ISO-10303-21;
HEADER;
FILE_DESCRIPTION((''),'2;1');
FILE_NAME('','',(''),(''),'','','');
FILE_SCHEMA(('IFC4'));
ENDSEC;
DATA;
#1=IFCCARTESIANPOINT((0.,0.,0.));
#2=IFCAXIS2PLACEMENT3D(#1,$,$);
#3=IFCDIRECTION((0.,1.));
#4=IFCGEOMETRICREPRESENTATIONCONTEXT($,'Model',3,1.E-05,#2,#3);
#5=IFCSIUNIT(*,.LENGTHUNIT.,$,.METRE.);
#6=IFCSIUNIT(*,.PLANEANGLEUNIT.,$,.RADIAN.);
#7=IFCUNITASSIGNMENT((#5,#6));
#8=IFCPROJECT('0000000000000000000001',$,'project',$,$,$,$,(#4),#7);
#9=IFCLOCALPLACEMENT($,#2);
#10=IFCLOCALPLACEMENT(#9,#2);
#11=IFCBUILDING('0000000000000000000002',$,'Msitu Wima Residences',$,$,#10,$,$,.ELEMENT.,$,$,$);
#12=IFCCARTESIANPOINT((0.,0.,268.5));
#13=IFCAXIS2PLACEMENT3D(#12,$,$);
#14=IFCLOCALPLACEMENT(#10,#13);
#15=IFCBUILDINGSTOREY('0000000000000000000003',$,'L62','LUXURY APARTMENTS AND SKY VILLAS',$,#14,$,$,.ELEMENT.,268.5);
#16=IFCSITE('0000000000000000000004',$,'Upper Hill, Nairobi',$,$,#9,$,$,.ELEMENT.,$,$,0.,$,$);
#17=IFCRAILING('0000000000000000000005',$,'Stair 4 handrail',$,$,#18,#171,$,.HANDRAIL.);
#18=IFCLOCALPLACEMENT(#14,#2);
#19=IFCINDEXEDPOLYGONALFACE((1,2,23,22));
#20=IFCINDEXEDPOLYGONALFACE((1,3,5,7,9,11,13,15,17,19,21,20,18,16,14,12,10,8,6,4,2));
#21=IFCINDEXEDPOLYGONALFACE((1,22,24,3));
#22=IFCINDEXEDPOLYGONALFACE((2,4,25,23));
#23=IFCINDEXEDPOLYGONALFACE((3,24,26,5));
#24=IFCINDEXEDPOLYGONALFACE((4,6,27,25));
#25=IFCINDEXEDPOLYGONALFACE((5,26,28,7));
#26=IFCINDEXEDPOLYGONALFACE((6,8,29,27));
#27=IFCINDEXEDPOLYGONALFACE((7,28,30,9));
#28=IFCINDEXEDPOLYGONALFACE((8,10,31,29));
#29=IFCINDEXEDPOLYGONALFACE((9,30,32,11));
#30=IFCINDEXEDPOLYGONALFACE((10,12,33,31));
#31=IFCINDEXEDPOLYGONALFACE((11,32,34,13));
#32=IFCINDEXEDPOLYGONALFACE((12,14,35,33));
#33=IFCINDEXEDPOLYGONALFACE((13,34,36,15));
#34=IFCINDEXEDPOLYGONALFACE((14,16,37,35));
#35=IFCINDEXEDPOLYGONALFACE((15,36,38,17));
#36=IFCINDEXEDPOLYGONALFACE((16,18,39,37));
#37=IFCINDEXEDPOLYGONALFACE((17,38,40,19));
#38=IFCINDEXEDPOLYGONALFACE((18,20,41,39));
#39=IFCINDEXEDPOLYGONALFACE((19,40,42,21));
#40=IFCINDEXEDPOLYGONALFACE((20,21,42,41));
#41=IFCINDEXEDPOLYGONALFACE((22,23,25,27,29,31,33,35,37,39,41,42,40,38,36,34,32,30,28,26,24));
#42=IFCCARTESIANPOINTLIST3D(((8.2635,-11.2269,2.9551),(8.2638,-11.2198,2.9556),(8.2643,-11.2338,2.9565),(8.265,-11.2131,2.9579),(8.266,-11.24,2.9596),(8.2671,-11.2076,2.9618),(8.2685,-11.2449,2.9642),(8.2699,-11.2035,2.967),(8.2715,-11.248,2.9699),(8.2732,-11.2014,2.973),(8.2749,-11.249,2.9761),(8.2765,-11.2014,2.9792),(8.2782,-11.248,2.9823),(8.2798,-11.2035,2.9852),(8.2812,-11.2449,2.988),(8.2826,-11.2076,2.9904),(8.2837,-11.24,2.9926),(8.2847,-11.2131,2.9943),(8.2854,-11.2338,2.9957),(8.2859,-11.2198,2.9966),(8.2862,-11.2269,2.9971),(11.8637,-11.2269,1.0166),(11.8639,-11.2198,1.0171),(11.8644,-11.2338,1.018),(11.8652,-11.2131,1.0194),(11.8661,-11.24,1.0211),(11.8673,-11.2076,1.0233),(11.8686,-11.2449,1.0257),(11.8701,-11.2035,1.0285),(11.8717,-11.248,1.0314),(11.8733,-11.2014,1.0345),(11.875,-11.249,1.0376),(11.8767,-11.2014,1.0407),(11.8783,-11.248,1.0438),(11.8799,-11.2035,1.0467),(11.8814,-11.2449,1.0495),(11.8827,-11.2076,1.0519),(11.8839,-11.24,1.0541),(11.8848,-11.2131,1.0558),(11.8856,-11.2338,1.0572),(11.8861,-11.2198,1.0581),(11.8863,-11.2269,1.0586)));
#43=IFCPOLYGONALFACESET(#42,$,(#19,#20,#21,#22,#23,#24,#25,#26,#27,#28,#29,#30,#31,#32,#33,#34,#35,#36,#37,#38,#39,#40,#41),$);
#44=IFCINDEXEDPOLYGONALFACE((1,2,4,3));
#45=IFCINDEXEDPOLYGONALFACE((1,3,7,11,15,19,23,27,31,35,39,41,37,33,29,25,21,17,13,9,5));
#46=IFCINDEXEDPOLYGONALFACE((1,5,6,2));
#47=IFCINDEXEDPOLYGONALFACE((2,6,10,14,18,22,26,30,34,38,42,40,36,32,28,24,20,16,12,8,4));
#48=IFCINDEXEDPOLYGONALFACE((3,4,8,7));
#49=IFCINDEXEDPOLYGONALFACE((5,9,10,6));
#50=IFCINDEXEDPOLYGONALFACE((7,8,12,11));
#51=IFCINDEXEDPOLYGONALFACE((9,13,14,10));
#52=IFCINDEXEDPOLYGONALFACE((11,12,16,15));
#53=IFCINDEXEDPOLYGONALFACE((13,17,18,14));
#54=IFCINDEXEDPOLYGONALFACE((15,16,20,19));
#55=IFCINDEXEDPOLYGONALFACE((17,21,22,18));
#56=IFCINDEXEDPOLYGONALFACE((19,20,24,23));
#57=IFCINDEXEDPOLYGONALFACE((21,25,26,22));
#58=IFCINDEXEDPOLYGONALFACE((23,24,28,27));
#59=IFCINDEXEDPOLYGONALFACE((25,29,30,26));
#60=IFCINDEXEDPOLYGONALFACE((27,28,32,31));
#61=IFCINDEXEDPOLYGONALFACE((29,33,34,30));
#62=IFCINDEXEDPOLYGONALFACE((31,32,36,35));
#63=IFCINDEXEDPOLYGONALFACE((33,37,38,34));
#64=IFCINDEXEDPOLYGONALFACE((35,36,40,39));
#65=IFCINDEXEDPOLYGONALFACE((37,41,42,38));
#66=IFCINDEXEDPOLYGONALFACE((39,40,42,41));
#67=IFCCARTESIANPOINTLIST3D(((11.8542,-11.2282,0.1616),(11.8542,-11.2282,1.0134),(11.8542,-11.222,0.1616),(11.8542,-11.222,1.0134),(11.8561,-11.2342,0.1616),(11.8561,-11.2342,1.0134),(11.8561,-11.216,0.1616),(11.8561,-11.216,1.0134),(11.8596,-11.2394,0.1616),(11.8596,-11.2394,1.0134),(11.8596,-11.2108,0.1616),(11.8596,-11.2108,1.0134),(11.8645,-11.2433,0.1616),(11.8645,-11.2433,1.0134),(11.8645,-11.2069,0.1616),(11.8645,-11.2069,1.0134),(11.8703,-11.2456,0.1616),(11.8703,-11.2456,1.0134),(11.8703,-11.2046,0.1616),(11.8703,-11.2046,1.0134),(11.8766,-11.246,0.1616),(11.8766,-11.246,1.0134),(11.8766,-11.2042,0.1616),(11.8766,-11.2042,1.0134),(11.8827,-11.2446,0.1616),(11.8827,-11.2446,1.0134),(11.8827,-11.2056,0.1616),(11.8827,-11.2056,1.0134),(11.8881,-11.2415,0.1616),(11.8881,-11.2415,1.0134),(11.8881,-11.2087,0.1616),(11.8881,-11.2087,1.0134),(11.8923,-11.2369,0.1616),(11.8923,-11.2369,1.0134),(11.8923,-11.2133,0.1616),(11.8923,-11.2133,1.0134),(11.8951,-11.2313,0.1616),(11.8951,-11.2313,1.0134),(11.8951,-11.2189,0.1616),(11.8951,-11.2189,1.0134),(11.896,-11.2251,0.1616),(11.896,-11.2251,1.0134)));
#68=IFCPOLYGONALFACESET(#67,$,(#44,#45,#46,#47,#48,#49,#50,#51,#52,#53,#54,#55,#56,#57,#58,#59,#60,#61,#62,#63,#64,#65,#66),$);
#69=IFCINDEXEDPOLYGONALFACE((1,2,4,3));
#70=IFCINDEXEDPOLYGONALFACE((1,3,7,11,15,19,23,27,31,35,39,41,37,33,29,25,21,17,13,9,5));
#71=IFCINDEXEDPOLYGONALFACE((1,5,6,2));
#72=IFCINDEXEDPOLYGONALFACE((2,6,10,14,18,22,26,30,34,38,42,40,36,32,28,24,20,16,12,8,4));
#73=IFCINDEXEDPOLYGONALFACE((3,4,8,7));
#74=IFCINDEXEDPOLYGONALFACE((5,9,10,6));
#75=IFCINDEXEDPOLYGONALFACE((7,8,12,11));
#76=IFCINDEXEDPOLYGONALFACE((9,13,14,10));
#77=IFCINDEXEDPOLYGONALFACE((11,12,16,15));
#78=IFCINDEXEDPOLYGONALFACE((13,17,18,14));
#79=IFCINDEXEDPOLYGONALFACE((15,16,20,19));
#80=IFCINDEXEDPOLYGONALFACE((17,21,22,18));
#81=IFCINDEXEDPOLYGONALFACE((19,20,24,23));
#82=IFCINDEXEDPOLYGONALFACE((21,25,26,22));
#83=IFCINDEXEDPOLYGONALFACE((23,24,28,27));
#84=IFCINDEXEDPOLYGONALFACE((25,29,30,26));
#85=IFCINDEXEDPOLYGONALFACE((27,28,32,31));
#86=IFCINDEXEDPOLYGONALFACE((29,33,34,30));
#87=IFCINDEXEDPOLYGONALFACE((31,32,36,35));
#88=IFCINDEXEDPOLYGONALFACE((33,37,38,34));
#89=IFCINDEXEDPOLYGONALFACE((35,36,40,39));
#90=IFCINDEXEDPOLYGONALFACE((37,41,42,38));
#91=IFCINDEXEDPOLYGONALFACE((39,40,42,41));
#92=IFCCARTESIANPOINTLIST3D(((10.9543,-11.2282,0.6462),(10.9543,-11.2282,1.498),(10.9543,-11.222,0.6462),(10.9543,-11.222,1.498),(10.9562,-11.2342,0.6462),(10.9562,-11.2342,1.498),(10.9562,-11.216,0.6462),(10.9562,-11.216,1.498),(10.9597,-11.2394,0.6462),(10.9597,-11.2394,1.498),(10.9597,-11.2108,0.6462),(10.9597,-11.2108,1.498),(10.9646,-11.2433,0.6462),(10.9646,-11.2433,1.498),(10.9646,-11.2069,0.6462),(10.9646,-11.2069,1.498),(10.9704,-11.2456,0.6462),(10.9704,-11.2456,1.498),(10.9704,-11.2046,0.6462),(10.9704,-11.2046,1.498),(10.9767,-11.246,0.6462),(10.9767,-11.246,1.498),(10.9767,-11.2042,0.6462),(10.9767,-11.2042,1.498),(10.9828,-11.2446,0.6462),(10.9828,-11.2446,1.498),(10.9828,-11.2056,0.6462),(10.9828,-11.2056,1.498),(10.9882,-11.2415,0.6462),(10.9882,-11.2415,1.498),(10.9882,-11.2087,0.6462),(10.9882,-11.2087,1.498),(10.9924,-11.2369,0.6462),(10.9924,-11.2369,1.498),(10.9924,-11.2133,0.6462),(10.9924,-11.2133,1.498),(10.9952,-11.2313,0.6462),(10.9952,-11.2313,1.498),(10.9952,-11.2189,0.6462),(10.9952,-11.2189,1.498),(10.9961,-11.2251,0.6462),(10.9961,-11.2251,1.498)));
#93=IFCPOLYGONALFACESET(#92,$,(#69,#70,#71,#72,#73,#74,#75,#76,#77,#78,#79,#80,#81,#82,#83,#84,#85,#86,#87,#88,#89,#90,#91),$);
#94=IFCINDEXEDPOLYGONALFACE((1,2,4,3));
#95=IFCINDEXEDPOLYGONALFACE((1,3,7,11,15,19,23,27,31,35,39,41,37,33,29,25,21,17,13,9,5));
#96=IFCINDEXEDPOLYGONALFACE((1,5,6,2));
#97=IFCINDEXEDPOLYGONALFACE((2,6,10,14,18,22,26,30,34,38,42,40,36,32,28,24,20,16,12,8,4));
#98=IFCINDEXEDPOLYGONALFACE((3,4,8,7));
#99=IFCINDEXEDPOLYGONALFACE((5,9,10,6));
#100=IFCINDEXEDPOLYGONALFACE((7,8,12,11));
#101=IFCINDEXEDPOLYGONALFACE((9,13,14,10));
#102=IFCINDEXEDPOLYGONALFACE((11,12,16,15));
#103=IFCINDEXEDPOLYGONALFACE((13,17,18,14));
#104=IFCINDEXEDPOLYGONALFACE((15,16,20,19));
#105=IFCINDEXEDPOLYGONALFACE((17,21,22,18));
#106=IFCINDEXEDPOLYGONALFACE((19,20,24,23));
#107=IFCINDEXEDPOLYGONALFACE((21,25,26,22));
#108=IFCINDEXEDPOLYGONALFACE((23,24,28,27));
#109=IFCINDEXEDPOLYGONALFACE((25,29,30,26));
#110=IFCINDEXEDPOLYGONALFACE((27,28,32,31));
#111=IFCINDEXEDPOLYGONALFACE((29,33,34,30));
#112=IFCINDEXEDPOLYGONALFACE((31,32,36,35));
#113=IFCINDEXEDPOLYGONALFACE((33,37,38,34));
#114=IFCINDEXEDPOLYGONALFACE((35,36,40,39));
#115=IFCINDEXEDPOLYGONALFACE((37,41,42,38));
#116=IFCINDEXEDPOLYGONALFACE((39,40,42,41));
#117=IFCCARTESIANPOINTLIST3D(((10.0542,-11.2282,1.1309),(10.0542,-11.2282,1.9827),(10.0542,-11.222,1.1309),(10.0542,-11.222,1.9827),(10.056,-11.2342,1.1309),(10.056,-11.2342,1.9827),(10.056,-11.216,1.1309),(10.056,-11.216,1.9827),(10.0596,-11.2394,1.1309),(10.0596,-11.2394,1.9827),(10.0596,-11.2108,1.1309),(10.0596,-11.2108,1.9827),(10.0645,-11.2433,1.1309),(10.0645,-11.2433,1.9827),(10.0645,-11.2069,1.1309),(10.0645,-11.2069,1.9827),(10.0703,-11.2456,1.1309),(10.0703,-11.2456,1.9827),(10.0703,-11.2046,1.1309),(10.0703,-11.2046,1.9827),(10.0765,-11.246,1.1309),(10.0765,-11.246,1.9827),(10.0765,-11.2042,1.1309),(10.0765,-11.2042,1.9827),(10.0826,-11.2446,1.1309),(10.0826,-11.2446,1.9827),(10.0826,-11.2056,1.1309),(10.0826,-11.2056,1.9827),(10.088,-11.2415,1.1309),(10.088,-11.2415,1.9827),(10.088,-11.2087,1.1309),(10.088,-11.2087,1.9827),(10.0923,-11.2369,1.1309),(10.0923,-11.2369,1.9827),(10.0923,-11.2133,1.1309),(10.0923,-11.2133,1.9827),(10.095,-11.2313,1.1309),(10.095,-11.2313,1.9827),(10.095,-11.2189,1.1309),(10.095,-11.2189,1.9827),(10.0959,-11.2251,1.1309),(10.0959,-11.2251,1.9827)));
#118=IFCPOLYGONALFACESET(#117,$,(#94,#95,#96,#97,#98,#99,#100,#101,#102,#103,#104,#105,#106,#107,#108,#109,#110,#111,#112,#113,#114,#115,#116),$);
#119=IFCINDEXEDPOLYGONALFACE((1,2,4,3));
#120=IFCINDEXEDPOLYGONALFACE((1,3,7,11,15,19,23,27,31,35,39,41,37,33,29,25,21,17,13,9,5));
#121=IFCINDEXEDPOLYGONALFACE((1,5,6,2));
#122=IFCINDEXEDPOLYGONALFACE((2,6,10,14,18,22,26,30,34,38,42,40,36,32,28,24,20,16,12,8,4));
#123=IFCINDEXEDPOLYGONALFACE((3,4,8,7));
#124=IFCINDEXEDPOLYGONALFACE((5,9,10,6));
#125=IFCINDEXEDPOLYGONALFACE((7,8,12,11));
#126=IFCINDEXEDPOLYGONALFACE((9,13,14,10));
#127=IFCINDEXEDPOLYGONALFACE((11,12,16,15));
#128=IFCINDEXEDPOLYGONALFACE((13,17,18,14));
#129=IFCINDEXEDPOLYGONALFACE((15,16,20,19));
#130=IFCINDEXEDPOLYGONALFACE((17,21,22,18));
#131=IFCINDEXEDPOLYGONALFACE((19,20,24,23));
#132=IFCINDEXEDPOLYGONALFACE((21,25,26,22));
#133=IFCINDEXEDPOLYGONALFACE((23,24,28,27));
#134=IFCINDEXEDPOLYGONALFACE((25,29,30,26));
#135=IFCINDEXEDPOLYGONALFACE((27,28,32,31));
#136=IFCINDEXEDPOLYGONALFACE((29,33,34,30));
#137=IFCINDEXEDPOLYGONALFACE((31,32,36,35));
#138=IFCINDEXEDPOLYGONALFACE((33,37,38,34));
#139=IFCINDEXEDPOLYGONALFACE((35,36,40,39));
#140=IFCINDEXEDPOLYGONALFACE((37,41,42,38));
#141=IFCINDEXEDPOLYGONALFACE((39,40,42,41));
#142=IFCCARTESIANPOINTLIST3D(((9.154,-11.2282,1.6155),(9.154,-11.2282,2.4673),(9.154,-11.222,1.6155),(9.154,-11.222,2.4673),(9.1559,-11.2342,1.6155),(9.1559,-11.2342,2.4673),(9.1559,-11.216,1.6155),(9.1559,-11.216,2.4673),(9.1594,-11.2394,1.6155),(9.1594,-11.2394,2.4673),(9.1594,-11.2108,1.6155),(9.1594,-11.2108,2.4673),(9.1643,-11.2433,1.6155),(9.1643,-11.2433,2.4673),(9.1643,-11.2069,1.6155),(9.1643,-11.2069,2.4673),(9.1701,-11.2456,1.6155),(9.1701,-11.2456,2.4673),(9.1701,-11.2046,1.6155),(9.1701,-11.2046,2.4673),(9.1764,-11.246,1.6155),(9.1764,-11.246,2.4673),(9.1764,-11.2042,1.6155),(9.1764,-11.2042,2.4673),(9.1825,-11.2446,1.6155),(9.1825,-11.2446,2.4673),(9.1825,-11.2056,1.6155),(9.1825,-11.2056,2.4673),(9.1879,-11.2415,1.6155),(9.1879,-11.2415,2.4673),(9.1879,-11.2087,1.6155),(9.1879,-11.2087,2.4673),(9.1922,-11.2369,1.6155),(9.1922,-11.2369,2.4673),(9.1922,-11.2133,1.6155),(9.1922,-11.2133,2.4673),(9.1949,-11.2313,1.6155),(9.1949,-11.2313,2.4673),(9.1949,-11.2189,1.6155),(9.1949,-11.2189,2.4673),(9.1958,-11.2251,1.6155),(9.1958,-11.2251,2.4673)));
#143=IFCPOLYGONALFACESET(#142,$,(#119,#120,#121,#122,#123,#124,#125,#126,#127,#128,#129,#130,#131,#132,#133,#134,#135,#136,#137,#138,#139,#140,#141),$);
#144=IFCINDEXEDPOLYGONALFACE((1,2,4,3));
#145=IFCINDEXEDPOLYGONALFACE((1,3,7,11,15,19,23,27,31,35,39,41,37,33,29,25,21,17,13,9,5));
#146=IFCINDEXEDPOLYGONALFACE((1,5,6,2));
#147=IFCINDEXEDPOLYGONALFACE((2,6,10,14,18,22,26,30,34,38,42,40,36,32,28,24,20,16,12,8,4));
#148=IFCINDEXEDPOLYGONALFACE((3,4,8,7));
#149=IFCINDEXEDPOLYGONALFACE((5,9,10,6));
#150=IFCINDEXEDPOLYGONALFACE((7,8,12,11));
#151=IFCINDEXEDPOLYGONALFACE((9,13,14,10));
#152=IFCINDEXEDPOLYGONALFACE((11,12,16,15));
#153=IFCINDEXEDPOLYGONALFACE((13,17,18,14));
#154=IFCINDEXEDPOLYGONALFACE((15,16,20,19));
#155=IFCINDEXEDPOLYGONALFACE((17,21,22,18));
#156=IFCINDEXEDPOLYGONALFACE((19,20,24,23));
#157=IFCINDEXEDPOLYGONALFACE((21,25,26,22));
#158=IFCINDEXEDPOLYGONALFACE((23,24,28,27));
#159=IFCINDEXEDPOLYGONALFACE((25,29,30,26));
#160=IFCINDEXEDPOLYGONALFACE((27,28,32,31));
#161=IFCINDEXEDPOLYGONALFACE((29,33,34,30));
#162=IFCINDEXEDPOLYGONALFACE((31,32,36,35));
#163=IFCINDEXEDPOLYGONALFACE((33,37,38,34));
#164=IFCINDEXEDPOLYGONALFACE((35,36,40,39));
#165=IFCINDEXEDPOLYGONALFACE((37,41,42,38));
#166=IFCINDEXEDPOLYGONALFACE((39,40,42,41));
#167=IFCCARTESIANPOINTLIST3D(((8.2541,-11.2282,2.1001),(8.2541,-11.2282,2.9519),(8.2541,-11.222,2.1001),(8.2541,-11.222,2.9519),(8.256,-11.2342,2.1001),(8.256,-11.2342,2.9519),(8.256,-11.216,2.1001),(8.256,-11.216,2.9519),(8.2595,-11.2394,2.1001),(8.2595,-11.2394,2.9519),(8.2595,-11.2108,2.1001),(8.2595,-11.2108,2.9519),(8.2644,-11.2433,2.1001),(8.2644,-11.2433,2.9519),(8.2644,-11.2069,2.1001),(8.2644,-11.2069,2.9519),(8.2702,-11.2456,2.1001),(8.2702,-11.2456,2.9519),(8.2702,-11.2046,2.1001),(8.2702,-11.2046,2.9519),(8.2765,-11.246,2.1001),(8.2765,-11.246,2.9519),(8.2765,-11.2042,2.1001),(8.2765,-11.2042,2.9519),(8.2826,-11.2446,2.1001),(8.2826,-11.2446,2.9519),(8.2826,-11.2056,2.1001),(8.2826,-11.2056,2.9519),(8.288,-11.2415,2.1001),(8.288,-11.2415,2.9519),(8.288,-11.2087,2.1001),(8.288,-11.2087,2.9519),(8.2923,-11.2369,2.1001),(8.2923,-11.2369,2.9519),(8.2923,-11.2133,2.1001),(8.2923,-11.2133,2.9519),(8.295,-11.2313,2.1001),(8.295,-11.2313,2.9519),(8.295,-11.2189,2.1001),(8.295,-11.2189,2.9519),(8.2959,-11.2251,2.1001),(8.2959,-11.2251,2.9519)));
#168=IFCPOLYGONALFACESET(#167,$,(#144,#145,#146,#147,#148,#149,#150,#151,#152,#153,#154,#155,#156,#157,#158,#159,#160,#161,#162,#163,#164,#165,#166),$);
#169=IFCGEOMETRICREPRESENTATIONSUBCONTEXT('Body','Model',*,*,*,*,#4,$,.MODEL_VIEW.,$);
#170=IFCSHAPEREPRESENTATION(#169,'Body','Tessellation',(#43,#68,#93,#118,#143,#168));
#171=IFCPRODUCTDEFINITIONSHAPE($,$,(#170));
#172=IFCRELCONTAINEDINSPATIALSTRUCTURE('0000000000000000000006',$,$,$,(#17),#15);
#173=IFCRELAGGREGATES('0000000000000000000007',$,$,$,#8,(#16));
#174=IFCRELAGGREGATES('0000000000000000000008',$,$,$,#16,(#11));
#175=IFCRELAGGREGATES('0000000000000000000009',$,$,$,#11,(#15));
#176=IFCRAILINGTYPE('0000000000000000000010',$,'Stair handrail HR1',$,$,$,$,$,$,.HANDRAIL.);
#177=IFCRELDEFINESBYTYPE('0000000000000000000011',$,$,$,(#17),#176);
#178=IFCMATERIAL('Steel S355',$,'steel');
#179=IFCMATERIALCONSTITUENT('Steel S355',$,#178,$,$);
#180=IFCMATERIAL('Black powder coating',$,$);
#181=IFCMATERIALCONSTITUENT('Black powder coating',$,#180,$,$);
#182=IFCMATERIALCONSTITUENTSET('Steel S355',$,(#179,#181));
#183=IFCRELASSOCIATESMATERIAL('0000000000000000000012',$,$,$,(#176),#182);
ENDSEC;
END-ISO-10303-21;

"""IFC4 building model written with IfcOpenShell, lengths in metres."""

from ifc_helpers import new_model, si_unit, direction, frame, origin, origin_2d, place, context, subcontext, project, spatial, circle, extrude, material, constituent, constituent_set, type_object, element, save


model = new_model("IFC4")

# Units and contexts
model_context = context("Model", 3, precision=1e-05, world=origin(), true_north=direction((0.0, 1.0)))
body_context = subcontext(model_context, "Body", "Model", "MODEL_VIEW")
ifc_project = project(units=[si_unit("LENGTHUNIT", "METRE"), si_unit("PLANEANGLEUNIT", "RADIAN")], contexts=[model_context])

# Site, building, storey
site_placement = place(None, origin())
site = spatial("IfcSite", under=ifc_project, at=site_placement, Name="Upper Hill, Nairobi", CompositionType="ELEMENT", RefElevation=0.0)
building_placement = place(site_placement, origin())
building = spatial("IfcBuilding", under=site, at=building_placement, Name="Msitu Wima Residences", CompositionType="ELEMENT")
storey_placement = place(building_placement, frame((0.0, 0.0, 268.5)))
storey = spatial("IfcBuildingStorey", under=building, at=storey_placement, Name="L62", Description="LUXURY APARTMENTS AND SKY VILLAS", CompositionType="ELEMENT", Elevation=268.5)

# Railing
ifc_material_1 = material(Name="Steel S355", Category="steel")
ifc_constituent_1 = constituent(ifc_material_1, Name="Steel S355")
ifc_material_2 = material(Name="Black powder coating")
ifc_constituent_2 = constituent(ifc_material_2, Name="Black powder coating")
ifc_constituent_set = constituent_set(constituents=[ifc_constituent_1, ifc_constituent_2], Name="Steel S355")
railing_type = type_object("IfcRailingType", Name="Stair handrail HR1", PredefinedType="HANDRAIL", material=ifc_constituent_set)
for number, where, name in (
    (1, (11.875, -11.2251, 0.1616), "Stair 4 handrail"),
):
    element("IfcRailing", number, at=place(storey_placement, frame(where)), inside=storey, type_object=railing_type, Name=name, PredefinedType="HANDRAIL", context=body_context, shape_type="SweptSolid", body=[
        extrude(circle(Radius=0.0239, at=origin_2d()), frame((0.0, 0.0, 0.876), z_axis=(-0.880475, 0.0, 0.474093), x_axis=(0.0, -1.0, 0.0)), (0.0, 0.0, 1.0), 4.0889),
        extrude(circle(Radius=0.021, at=origin_2d()), origin(), (0.0, 0.0, 1.0), 0.8518),
        extrude(circle(Radius=0.021, at=origin_2d()), frame((-0.8999, 0.0, 0.4846)), (0.0, 0.0, 1.0), 0.8518),
        extrude(circle(Radius=0.021, at=origin_2d()), frame((-1.8, 0.0, 0.9692)), (0.0, 0.0, 1.0), 0.8518),
        extrude(circle(Radius=0.021, at=origin_2d()), frame((-2.7002, 0.0, 1.4539)), (0.0, 0.0, 1.0), 0.8518),
        extrude(circle(Radius=0.021, at=origin_2d()), frame((-3.6001, 0.0, 1.9385)), (0.0, 0.0, 1.0), 0.8518),
    ])

save(model, "model.ifc")
